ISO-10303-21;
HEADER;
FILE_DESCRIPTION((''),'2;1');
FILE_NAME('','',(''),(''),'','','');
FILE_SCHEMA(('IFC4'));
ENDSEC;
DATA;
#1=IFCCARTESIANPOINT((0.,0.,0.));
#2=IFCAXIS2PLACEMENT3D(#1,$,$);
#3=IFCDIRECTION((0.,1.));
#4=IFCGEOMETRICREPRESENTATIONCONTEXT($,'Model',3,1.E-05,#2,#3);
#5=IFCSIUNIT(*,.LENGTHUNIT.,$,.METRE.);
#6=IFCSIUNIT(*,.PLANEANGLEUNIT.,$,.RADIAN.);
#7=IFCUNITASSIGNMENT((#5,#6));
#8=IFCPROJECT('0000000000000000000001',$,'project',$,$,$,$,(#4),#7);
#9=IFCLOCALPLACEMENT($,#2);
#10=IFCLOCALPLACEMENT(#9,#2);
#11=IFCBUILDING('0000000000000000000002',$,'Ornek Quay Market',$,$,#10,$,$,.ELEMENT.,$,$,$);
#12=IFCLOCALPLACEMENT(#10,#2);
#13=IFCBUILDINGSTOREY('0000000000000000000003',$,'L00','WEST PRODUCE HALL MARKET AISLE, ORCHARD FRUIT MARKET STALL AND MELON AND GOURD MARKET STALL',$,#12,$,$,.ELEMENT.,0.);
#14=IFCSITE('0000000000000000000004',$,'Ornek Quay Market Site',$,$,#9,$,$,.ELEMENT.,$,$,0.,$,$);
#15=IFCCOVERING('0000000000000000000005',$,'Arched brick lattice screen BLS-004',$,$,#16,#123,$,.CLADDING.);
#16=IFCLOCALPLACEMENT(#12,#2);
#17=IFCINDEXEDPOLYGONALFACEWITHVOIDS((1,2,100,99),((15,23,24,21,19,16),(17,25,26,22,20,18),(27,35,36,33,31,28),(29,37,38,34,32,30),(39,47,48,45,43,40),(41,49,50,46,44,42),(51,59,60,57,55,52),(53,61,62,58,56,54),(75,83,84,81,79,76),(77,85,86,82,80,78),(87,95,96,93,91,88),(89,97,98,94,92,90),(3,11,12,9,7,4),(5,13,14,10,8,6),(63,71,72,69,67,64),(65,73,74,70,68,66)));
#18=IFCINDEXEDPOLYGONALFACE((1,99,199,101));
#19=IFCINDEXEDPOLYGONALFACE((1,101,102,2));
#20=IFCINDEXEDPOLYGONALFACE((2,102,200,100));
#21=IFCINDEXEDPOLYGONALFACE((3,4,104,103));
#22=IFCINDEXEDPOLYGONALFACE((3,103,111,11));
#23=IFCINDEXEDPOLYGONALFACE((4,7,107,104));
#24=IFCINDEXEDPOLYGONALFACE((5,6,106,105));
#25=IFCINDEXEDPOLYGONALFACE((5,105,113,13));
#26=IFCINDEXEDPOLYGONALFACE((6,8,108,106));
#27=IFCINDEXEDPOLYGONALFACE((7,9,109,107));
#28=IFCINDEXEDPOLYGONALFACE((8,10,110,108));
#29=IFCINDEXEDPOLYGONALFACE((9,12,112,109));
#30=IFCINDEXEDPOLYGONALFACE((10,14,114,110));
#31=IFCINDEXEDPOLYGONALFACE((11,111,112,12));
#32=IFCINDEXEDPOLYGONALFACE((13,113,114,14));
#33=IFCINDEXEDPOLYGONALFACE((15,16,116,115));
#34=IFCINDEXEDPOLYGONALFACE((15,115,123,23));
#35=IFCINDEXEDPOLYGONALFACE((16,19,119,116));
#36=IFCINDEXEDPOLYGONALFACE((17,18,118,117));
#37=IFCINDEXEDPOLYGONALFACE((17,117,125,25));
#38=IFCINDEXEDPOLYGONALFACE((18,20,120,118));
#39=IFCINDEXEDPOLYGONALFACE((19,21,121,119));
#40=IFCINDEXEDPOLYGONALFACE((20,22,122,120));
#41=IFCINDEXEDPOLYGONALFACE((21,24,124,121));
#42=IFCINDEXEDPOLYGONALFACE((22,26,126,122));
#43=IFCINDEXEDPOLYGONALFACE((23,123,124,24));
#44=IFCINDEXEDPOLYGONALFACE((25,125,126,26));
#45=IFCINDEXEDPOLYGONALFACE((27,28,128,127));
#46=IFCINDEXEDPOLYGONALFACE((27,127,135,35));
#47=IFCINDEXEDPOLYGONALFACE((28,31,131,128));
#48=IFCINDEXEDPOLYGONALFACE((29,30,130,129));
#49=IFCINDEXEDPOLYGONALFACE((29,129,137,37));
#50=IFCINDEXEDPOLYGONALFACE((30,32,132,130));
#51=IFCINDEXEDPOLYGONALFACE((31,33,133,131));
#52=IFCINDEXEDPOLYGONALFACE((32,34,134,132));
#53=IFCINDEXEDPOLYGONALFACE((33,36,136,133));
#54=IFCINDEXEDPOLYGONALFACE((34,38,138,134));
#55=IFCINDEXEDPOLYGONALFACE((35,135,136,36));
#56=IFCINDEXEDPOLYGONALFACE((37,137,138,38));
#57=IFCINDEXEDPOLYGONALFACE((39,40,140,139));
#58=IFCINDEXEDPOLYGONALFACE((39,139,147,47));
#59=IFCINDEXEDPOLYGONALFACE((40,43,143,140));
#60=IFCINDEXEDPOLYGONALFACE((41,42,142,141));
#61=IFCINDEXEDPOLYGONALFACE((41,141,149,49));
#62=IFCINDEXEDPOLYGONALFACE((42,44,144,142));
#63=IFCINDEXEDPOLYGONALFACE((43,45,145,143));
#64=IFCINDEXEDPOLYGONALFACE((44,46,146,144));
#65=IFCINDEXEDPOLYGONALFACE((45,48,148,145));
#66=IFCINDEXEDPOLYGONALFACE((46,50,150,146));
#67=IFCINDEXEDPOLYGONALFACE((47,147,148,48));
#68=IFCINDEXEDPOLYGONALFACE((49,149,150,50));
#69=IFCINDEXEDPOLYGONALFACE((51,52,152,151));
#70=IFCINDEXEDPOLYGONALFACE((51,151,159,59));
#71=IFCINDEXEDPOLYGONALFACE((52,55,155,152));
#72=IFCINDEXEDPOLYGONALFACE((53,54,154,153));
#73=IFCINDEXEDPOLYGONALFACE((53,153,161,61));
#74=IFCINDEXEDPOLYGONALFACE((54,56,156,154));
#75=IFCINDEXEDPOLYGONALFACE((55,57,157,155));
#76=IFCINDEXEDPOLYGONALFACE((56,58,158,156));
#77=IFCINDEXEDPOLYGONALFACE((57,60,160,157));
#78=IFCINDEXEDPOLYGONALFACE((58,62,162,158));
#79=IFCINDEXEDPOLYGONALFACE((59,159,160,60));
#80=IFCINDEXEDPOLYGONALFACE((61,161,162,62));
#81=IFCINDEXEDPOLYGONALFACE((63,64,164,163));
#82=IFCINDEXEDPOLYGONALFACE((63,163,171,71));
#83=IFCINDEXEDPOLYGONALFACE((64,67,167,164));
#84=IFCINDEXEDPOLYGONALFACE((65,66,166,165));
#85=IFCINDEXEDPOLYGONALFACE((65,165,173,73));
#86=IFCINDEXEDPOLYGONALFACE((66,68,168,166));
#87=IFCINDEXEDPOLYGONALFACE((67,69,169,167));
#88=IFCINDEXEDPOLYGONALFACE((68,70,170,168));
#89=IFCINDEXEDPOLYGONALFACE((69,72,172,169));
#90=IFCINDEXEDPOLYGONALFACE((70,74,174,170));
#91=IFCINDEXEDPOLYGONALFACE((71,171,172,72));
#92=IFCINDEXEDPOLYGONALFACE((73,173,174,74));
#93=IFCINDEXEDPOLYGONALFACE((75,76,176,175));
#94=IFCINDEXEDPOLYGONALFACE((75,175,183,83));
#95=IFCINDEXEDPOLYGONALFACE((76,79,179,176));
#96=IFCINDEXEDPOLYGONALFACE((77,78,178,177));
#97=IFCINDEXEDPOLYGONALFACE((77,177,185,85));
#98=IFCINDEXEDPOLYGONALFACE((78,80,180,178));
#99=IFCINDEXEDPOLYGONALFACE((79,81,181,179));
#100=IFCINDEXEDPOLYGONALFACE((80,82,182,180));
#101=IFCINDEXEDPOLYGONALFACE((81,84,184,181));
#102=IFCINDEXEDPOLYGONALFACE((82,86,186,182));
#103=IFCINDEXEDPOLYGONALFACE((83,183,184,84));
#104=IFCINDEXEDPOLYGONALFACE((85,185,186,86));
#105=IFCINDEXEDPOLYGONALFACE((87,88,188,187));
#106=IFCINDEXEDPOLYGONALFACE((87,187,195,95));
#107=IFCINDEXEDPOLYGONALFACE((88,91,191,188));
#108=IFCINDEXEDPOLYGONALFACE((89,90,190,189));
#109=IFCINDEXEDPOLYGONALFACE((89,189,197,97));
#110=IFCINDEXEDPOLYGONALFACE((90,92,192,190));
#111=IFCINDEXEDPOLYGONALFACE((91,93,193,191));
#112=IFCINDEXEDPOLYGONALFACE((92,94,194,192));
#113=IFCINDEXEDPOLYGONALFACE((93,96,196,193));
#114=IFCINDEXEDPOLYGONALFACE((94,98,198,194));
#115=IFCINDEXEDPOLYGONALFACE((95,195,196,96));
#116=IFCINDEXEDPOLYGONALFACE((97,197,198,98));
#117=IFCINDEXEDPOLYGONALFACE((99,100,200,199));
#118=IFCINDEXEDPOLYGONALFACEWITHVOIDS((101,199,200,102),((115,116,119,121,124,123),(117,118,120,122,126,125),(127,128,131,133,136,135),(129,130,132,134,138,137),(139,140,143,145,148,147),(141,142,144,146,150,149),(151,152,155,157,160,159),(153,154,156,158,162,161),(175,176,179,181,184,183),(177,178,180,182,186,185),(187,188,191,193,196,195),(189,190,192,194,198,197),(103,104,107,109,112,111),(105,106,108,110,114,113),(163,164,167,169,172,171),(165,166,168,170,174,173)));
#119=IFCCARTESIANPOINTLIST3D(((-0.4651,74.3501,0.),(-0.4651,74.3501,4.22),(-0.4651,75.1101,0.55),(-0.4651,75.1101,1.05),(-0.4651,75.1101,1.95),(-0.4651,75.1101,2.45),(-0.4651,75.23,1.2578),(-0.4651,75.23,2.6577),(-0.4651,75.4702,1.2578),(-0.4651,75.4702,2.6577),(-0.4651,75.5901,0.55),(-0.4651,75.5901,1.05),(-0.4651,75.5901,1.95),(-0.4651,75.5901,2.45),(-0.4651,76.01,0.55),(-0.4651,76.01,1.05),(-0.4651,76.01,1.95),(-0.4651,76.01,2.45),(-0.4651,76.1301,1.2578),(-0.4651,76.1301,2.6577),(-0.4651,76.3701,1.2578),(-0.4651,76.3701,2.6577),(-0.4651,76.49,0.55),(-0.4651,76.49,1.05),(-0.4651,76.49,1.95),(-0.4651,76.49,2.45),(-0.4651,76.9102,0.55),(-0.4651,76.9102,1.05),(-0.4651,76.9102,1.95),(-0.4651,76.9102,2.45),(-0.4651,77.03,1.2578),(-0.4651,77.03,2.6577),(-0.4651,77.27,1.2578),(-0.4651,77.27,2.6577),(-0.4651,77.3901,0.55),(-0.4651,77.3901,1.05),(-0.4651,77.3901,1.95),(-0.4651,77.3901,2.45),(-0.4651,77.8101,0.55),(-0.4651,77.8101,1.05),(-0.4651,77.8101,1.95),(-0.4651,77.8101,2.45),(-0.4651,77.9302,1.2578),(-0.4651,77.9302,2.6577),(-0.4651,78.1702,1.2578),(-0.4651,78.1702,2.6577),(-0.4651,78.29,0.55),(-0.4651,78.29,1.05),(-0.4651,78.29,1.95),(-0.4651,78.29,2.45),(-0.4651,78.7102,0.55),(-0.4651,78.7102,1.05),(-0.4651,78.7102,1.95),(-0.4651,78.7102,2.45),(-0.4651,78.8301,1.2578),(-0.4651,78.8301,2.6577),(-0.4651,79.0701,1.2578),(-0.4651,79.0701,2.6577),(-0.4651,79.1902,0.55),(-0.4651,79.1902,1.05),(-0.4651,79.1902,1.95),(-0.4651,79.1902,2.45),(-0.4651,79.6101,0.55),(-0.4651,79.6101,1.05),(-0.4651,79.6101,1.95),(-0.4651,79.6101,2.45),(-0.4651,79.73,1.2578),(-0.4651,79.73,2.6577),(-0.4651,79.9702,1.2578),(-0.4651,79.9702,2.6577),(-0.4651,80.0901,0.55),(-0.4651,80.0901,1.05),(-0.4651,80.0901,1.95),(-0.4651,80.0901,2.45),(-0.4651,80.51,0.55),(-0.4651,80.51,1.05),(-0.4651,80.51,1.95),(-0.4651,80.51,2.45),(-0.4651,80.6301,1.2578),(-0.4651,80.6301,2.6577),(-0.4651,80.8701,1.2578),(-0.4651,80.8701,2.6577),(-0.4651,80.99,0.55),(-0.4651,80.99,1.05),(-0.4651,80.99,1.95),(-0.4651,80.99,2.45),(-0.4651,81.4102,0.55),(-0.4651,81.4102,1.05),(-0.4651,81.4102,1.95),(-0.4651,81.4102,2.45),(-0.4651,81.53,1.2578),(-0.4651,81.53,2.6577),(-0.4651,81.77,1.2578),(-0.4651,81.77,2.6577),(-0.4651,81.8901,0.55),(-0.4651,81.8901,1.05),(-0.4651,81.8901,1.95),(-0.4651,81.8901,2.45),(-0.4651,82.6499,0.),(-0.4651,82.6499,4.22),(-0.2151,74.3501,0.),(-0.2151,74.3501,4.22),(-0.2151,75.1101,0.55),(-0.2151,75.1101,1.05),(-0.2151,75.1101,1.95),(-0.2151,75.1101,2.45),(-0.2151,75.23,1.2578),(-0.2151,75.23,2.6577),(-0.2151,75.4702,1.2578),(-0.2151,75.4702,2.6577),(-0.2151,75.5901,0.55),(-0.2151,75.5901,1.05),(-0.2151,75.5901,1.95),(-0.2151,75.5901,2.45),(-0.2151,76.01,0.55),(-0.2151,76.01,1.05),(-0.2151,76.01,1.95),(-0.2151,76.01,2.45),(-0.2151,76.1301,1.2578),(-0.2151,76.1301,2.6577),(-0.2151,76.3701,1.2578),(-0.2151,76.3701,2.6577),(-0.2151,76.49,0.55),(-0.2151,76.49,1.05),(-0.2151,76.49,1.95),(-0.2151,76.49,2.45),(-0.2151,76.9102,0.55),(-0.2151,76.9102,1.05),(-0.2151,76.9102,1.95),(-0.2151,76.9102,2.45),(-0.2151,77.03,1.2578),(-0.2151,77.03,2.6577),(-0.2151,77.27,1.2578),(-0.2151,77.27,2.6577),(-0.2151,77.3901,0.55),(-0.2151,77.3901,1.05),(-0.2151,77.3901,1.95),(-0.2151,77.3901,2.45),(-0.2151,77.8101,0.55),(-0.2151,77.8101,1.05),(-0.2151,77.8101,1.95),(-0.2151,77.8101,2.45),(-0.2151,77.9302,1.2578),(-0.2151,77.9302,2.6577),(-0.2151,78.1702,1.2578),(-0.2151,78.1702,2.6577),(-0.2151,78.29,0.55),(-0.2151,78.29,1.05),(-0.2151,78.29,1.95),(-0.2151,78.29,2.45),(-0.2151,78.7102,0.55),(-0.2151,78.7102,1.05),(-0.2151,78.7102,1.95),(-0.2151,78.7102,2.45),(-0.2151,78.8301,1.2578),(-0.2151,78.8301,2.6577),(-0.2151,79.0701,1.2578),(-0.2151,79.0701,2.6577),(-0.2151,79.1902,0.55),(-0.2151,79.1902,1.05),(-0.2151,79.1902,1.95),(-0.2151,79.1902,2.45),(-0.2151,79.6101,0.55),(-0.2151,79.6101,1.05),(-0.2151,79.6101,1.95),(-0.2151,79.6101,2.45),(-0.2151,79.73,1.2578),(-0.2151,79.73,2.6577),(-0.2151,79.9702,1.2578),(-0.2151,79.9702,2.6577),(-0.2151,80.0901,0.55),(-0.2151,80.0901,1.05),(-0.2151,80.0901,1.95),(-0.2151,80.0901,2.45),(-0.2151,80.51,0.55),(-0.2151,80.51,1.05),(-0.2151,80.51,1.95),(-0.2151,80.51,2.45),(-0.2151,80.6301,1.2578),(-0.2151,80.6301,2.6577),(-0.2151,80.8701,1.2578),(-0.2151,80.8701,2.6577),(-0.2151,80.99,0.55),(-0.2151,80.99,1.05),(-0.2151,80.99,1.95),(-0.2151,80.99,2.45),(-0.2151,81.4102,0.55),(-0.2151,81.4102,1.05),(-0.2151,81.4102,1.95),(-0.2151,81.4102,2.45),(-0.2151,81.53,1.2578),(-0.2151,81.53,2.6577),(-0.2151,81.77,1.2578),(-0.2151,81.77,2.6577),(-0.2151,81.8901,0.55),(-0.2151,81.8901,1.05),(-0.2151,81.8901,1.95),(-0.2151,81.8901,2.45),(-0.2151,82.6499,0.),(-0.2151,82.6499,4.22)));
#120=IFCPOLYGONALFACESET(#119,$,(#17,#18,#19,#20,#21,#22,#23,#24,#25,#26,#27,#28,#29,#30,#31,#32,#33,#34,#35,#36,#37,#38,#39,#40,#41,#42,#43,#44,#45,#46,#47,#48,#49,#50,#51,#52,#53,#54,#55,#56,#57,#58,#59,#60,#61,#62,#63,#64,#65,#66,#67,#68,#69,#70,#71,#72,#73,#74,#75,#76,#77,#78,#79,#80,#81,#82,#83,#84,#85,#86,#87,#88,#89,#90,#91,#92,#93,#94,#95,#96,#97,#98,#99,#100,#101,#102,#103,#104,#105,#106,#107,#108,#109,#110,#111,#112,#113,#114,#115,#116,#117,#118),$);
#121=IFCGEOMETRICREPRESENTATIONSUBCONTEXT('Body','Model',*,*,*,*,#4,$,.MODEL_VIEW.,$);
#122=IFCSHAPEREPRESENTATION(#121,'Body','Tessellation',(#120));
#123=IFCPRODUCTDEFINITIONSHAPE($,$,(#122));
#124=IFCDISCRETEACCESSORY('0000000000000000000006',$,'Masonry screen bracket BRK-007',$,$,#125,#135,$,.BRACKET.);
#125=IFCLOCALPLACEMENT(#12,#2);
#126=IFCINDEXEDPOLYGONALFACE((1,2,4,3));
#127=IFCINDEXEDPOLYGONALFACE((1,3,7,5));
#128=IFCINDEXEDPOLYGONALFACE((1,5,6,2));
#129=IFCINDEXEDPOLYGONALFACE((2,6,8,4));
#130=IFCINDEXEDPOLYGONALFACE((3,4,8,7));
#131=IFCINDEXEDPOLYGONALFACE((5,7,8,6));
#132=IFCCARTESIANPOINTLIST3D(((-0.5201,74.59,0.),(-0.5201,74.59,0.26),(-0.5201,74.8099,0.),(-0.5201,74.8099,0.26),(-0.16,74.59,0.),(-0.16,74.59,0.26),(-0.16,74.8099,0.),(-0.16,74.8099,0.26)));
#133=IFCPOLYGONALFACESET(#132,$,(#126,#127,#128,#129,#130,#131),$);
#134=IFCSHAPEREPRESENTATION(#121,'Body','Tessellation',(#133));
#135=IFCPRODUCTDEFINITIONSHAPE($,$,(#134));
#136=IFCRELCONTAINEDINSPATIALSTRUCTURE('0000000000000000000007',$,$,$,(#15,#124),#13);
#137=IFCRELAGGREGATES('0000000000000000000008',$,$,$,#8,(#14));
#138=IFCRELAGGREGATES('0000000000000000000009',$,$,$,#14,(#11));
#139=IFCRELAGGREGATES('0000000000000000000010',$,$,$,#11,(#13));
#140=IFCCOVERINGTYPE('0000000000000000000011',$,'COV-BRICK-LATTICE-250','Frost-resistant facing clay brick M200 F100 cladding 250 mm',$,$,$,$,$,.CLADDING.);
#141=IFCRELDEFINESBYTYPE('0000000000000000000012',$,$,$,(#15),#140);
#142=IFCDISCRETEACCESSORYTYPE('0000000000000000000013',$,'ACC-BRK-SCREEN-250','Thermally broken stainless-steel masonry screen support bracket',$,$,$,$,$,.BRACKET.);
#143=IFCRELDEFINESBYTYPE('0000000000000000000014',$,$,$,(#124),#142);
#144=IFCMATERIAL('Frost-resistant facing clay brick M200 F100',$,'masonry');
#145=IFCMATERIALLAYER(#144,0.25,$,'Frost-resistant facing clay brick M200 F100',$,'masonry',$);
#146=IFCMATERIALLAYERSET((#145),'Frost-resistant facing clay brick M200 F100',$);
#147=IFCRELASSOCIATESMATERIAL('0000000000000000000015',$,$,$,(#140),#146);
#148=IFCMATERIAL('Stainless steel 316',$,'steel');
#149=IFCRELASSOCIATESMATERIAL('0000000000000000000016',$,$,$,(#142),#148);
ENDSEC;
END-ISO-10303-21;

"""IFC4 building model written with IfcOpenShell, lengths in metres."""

from ifc_helpers import new_model, si_unit, direction, frame, origin, origin_2d, place, context, subcontext, project, spatial, polyline, rectangle, outline, extrude, material, layer, layer_set, type_object, element, save


model = new_model("IFC4")

# Units and contexts
model_context = context("Model", 3, precision=1e-05, world=origin(), true_north=direction((0.0, 1.0)))
body_context = subcontext(model_context, "Body", "Model", "MODEL_VIEW")
ifc_project = project(units=[si_unit("LENGTHUNIT", "METRE"), si_unit("PLANEANGLEUNIT", "RADIAN")], contexts=[model_context])

# Site, building, storey
site_placement = place(None, origin())
site = spatial("IfcSite", under=ifc_project, at=site_placement, Name="Ornek Quay Market Site", CompositionType="ELEMENT", RefElevation=0.0)
building_placement = place(site_placement, origin())
building = spatial("IfcBuilding", under=site, at=building_placement, Name="Ornek Quay Market", CompositionType="ELEMENT")
storey_placement = place(building_placement, origin())
storey = spatial("IfcBuildingStorey", under=building, at=storey_placement, Name="L00", Description="WEST PRODUCE HALL MARKET AISLE, ORCHARD FRUIT MARKET STALL AND MELON AND GOURD MARKET STALL", CompositionType="ELEMENT", Elevation=0.0)

# Shared definitions
ifc_material_1 = material(Name="Frost-resistant facing clay brick M200 F100", Category="masonry")

# Covering
ifc_layer_1 = layer(ifc_material_1, 0.25, Name="Frost-resistant facing clay brick M200 F100", Category="masonry")
ifc_layer_set_1 = layer_set([ifc_layer_1], Name="Frost-resistant facing clay brick M200 F100")
covering_type = type_object("IfcCoveringType", Name="COV-BRICK-LATTICE-250", Description="Frost-resistant facing clay brick M200 F100 cladding 250 mm", PredefinedType="CLADDING", material=ifc_layer_set_1)
covering_placement = place(storey_placement, frame((-0.3401, 74.3501, 0.0), z_axis=(0.0, 0.0, 1.0), x_axis=(0.0, 1.0, 0.0)))
element("IfcCovering", 1, at=covering_placement, inside=storey, type_object=covering_type, Name="Arched brick lattice screen BLS-004", PredefinedType="CLADDING", context=body_context, shape_type="SweptSolid", body=[
    extrude(outline(polyline([(0.0, 0.0), (8.2998, 0.0), (8.2998, 4.22), (0.0, 4.22), (0.0, 0.0)]), holes=[polyline([(0.76, 0.55), (1.24, 0.55), (1.24, 1.05), (1.1201, 1.2578), (0.8799, 1.2578), (0.76, 1.05), (0.76, 0.55)]), polyline([(0.76, 1.95), (1.24, 1.95), (1.24, 2.45), (1.1201, 2.6577), (0.8799, 2.6577), (0.76, 2.45), (0.76, 1.95)]), polyline([(1.6599, 0.55), (2.1399, 0.55), (2.1399, 1.05), (2.02, 1.2578), (1.78, 1.2578), (1.6599, 1.05), (1.6599, 0.55)]), polyline([(1.6599, 1.95), (2.1399, 1.95), (2.1399, 2.45), (2.02, 2.6577), (1.78, 2.6577), (1.6599, 2.45), (1.6599, 1.95)]), polyline([(2.5601, 0.55), (3.04, 0.55), (3.04, 1.05), (2.9199, 1.2578), (2.6799, 1.2578), (2.5601, 1.05), (2.5601, 0.55)]), polyline([(2.5601, 1.95), (3.04, 1.95), (3.04, 2.45), (2.9199, 2.6577), (2.6799, 2.6577), (2.5601, 2.45), (2.5601, 1.95)]), polyline([(3.46, 0.55), (3.9399, 0.55), (3.9399, 1.05), (3.8201, 1.2578), (3.5801, 1.2578), (3.46, 1.05), (3.46, 0.55)]), polyline([(3.46, 1.95), (3.9399, 1.95), (3.9399, 2.45), (3.8201, 2.6577), (3.5801, 2.6577), (3.46, 2.45), (3.46, 1.95)]), polyline([(4.3601, 0.55), (4.8401, 0.55), (4.8401, 1.05), (4.72, 1.2578), (4.48, 1.2578), (4.3601, 1.05), (4.3601, 0.55)]), polyline([(4.3601, 1.95), (4.8401, 1.95), (4.8401, 2.45), (4.72, 2.6577), (4.48, 2.6577), (4.3601, 2.45), (4.3601, 1.95)]), polyline([(5.26, 0.55), (5.74, 0.55), (5.74, 1.05), (5.6201, 1.2578), (5.3799, 1.2578), (5.26, 1.05), (5.26, 0.55)]), polyline([(5.26, 1.95), (5.74, 1.95), (5.74, 2.45), (5.6201, 2.6577), (5.3799, 2.6577), (5.26, 2.45), (5.26, 1.95)]), polyline([(6.1599, 0.55), (6.6399, 0.55), (6.6399, 1.05), (6.52, 1.2578), (6.28, 1.2578), (6.1599, 1.05), (6.1599, 0.55)]), polyline([(6.1599, 1.95), (6.6399, 1.95), (6.6399, 2.45), (6.52, 2.6577), (6.28, 2.6577), (6.1599, 2.45), (6.1599, 1.95)]), polyline([(7.0601, 0.55), (7.54, 0.55), (7.54, 1.05), (7.4199, 1.2578), (7.1799, 1.2578), (7.0601, 1.05), (7.0601, 0.55)]), polyline([(7.0601, 1.95), (7.54, 1.95), (7.54, 2.45), (7.4199, 2.6577), (7.1799, 2.6577), (7.0601, 2.45), (7.0601, 1.95)])]), frame((0.0, 0.125, 0.0), z_axis=(0.0, -1.0, 0.0), x_axis=(1.0, 0.0, 0.0)), (0.0, 0.0, 1.0), 0.25),
])

# Discrete accessory
ifc_material_2 = material(Name="Stainless steel 316", Category="steel")
discrete_accessory_type = type_object("IfcDiscreteAccessoryType", Name="ACC-BRK-SCREEN-250", Description="Thermally broken stainless-steel masonry screen support bracket", PredefinedType="BRACKET", material=ifc_material_2)
discrete_accessory_placement = place(storey_placement, frame((-0.3401, 74.7, 0.0), z_axis=(0.0, 0.0, 1.0), x_axis=(0.0, 1.0, 0.0)))
element("IfcDiscreteAccessory", 2, at=discrete_accessory_placement, inside=storey, type_object=discrete_accessory_type, Name="Masonry screen bracket BRK-007", PredefinedType="BRACKET", context=body_context, shape_type="SweptSolid", body=[
    extrude(rectangle(XDim=0.22, YDim=0.3601, at=origin_2d()), origin(), (0.0, 0.0, 1.0), 0.26),
])

save(model, "model.ifc")
